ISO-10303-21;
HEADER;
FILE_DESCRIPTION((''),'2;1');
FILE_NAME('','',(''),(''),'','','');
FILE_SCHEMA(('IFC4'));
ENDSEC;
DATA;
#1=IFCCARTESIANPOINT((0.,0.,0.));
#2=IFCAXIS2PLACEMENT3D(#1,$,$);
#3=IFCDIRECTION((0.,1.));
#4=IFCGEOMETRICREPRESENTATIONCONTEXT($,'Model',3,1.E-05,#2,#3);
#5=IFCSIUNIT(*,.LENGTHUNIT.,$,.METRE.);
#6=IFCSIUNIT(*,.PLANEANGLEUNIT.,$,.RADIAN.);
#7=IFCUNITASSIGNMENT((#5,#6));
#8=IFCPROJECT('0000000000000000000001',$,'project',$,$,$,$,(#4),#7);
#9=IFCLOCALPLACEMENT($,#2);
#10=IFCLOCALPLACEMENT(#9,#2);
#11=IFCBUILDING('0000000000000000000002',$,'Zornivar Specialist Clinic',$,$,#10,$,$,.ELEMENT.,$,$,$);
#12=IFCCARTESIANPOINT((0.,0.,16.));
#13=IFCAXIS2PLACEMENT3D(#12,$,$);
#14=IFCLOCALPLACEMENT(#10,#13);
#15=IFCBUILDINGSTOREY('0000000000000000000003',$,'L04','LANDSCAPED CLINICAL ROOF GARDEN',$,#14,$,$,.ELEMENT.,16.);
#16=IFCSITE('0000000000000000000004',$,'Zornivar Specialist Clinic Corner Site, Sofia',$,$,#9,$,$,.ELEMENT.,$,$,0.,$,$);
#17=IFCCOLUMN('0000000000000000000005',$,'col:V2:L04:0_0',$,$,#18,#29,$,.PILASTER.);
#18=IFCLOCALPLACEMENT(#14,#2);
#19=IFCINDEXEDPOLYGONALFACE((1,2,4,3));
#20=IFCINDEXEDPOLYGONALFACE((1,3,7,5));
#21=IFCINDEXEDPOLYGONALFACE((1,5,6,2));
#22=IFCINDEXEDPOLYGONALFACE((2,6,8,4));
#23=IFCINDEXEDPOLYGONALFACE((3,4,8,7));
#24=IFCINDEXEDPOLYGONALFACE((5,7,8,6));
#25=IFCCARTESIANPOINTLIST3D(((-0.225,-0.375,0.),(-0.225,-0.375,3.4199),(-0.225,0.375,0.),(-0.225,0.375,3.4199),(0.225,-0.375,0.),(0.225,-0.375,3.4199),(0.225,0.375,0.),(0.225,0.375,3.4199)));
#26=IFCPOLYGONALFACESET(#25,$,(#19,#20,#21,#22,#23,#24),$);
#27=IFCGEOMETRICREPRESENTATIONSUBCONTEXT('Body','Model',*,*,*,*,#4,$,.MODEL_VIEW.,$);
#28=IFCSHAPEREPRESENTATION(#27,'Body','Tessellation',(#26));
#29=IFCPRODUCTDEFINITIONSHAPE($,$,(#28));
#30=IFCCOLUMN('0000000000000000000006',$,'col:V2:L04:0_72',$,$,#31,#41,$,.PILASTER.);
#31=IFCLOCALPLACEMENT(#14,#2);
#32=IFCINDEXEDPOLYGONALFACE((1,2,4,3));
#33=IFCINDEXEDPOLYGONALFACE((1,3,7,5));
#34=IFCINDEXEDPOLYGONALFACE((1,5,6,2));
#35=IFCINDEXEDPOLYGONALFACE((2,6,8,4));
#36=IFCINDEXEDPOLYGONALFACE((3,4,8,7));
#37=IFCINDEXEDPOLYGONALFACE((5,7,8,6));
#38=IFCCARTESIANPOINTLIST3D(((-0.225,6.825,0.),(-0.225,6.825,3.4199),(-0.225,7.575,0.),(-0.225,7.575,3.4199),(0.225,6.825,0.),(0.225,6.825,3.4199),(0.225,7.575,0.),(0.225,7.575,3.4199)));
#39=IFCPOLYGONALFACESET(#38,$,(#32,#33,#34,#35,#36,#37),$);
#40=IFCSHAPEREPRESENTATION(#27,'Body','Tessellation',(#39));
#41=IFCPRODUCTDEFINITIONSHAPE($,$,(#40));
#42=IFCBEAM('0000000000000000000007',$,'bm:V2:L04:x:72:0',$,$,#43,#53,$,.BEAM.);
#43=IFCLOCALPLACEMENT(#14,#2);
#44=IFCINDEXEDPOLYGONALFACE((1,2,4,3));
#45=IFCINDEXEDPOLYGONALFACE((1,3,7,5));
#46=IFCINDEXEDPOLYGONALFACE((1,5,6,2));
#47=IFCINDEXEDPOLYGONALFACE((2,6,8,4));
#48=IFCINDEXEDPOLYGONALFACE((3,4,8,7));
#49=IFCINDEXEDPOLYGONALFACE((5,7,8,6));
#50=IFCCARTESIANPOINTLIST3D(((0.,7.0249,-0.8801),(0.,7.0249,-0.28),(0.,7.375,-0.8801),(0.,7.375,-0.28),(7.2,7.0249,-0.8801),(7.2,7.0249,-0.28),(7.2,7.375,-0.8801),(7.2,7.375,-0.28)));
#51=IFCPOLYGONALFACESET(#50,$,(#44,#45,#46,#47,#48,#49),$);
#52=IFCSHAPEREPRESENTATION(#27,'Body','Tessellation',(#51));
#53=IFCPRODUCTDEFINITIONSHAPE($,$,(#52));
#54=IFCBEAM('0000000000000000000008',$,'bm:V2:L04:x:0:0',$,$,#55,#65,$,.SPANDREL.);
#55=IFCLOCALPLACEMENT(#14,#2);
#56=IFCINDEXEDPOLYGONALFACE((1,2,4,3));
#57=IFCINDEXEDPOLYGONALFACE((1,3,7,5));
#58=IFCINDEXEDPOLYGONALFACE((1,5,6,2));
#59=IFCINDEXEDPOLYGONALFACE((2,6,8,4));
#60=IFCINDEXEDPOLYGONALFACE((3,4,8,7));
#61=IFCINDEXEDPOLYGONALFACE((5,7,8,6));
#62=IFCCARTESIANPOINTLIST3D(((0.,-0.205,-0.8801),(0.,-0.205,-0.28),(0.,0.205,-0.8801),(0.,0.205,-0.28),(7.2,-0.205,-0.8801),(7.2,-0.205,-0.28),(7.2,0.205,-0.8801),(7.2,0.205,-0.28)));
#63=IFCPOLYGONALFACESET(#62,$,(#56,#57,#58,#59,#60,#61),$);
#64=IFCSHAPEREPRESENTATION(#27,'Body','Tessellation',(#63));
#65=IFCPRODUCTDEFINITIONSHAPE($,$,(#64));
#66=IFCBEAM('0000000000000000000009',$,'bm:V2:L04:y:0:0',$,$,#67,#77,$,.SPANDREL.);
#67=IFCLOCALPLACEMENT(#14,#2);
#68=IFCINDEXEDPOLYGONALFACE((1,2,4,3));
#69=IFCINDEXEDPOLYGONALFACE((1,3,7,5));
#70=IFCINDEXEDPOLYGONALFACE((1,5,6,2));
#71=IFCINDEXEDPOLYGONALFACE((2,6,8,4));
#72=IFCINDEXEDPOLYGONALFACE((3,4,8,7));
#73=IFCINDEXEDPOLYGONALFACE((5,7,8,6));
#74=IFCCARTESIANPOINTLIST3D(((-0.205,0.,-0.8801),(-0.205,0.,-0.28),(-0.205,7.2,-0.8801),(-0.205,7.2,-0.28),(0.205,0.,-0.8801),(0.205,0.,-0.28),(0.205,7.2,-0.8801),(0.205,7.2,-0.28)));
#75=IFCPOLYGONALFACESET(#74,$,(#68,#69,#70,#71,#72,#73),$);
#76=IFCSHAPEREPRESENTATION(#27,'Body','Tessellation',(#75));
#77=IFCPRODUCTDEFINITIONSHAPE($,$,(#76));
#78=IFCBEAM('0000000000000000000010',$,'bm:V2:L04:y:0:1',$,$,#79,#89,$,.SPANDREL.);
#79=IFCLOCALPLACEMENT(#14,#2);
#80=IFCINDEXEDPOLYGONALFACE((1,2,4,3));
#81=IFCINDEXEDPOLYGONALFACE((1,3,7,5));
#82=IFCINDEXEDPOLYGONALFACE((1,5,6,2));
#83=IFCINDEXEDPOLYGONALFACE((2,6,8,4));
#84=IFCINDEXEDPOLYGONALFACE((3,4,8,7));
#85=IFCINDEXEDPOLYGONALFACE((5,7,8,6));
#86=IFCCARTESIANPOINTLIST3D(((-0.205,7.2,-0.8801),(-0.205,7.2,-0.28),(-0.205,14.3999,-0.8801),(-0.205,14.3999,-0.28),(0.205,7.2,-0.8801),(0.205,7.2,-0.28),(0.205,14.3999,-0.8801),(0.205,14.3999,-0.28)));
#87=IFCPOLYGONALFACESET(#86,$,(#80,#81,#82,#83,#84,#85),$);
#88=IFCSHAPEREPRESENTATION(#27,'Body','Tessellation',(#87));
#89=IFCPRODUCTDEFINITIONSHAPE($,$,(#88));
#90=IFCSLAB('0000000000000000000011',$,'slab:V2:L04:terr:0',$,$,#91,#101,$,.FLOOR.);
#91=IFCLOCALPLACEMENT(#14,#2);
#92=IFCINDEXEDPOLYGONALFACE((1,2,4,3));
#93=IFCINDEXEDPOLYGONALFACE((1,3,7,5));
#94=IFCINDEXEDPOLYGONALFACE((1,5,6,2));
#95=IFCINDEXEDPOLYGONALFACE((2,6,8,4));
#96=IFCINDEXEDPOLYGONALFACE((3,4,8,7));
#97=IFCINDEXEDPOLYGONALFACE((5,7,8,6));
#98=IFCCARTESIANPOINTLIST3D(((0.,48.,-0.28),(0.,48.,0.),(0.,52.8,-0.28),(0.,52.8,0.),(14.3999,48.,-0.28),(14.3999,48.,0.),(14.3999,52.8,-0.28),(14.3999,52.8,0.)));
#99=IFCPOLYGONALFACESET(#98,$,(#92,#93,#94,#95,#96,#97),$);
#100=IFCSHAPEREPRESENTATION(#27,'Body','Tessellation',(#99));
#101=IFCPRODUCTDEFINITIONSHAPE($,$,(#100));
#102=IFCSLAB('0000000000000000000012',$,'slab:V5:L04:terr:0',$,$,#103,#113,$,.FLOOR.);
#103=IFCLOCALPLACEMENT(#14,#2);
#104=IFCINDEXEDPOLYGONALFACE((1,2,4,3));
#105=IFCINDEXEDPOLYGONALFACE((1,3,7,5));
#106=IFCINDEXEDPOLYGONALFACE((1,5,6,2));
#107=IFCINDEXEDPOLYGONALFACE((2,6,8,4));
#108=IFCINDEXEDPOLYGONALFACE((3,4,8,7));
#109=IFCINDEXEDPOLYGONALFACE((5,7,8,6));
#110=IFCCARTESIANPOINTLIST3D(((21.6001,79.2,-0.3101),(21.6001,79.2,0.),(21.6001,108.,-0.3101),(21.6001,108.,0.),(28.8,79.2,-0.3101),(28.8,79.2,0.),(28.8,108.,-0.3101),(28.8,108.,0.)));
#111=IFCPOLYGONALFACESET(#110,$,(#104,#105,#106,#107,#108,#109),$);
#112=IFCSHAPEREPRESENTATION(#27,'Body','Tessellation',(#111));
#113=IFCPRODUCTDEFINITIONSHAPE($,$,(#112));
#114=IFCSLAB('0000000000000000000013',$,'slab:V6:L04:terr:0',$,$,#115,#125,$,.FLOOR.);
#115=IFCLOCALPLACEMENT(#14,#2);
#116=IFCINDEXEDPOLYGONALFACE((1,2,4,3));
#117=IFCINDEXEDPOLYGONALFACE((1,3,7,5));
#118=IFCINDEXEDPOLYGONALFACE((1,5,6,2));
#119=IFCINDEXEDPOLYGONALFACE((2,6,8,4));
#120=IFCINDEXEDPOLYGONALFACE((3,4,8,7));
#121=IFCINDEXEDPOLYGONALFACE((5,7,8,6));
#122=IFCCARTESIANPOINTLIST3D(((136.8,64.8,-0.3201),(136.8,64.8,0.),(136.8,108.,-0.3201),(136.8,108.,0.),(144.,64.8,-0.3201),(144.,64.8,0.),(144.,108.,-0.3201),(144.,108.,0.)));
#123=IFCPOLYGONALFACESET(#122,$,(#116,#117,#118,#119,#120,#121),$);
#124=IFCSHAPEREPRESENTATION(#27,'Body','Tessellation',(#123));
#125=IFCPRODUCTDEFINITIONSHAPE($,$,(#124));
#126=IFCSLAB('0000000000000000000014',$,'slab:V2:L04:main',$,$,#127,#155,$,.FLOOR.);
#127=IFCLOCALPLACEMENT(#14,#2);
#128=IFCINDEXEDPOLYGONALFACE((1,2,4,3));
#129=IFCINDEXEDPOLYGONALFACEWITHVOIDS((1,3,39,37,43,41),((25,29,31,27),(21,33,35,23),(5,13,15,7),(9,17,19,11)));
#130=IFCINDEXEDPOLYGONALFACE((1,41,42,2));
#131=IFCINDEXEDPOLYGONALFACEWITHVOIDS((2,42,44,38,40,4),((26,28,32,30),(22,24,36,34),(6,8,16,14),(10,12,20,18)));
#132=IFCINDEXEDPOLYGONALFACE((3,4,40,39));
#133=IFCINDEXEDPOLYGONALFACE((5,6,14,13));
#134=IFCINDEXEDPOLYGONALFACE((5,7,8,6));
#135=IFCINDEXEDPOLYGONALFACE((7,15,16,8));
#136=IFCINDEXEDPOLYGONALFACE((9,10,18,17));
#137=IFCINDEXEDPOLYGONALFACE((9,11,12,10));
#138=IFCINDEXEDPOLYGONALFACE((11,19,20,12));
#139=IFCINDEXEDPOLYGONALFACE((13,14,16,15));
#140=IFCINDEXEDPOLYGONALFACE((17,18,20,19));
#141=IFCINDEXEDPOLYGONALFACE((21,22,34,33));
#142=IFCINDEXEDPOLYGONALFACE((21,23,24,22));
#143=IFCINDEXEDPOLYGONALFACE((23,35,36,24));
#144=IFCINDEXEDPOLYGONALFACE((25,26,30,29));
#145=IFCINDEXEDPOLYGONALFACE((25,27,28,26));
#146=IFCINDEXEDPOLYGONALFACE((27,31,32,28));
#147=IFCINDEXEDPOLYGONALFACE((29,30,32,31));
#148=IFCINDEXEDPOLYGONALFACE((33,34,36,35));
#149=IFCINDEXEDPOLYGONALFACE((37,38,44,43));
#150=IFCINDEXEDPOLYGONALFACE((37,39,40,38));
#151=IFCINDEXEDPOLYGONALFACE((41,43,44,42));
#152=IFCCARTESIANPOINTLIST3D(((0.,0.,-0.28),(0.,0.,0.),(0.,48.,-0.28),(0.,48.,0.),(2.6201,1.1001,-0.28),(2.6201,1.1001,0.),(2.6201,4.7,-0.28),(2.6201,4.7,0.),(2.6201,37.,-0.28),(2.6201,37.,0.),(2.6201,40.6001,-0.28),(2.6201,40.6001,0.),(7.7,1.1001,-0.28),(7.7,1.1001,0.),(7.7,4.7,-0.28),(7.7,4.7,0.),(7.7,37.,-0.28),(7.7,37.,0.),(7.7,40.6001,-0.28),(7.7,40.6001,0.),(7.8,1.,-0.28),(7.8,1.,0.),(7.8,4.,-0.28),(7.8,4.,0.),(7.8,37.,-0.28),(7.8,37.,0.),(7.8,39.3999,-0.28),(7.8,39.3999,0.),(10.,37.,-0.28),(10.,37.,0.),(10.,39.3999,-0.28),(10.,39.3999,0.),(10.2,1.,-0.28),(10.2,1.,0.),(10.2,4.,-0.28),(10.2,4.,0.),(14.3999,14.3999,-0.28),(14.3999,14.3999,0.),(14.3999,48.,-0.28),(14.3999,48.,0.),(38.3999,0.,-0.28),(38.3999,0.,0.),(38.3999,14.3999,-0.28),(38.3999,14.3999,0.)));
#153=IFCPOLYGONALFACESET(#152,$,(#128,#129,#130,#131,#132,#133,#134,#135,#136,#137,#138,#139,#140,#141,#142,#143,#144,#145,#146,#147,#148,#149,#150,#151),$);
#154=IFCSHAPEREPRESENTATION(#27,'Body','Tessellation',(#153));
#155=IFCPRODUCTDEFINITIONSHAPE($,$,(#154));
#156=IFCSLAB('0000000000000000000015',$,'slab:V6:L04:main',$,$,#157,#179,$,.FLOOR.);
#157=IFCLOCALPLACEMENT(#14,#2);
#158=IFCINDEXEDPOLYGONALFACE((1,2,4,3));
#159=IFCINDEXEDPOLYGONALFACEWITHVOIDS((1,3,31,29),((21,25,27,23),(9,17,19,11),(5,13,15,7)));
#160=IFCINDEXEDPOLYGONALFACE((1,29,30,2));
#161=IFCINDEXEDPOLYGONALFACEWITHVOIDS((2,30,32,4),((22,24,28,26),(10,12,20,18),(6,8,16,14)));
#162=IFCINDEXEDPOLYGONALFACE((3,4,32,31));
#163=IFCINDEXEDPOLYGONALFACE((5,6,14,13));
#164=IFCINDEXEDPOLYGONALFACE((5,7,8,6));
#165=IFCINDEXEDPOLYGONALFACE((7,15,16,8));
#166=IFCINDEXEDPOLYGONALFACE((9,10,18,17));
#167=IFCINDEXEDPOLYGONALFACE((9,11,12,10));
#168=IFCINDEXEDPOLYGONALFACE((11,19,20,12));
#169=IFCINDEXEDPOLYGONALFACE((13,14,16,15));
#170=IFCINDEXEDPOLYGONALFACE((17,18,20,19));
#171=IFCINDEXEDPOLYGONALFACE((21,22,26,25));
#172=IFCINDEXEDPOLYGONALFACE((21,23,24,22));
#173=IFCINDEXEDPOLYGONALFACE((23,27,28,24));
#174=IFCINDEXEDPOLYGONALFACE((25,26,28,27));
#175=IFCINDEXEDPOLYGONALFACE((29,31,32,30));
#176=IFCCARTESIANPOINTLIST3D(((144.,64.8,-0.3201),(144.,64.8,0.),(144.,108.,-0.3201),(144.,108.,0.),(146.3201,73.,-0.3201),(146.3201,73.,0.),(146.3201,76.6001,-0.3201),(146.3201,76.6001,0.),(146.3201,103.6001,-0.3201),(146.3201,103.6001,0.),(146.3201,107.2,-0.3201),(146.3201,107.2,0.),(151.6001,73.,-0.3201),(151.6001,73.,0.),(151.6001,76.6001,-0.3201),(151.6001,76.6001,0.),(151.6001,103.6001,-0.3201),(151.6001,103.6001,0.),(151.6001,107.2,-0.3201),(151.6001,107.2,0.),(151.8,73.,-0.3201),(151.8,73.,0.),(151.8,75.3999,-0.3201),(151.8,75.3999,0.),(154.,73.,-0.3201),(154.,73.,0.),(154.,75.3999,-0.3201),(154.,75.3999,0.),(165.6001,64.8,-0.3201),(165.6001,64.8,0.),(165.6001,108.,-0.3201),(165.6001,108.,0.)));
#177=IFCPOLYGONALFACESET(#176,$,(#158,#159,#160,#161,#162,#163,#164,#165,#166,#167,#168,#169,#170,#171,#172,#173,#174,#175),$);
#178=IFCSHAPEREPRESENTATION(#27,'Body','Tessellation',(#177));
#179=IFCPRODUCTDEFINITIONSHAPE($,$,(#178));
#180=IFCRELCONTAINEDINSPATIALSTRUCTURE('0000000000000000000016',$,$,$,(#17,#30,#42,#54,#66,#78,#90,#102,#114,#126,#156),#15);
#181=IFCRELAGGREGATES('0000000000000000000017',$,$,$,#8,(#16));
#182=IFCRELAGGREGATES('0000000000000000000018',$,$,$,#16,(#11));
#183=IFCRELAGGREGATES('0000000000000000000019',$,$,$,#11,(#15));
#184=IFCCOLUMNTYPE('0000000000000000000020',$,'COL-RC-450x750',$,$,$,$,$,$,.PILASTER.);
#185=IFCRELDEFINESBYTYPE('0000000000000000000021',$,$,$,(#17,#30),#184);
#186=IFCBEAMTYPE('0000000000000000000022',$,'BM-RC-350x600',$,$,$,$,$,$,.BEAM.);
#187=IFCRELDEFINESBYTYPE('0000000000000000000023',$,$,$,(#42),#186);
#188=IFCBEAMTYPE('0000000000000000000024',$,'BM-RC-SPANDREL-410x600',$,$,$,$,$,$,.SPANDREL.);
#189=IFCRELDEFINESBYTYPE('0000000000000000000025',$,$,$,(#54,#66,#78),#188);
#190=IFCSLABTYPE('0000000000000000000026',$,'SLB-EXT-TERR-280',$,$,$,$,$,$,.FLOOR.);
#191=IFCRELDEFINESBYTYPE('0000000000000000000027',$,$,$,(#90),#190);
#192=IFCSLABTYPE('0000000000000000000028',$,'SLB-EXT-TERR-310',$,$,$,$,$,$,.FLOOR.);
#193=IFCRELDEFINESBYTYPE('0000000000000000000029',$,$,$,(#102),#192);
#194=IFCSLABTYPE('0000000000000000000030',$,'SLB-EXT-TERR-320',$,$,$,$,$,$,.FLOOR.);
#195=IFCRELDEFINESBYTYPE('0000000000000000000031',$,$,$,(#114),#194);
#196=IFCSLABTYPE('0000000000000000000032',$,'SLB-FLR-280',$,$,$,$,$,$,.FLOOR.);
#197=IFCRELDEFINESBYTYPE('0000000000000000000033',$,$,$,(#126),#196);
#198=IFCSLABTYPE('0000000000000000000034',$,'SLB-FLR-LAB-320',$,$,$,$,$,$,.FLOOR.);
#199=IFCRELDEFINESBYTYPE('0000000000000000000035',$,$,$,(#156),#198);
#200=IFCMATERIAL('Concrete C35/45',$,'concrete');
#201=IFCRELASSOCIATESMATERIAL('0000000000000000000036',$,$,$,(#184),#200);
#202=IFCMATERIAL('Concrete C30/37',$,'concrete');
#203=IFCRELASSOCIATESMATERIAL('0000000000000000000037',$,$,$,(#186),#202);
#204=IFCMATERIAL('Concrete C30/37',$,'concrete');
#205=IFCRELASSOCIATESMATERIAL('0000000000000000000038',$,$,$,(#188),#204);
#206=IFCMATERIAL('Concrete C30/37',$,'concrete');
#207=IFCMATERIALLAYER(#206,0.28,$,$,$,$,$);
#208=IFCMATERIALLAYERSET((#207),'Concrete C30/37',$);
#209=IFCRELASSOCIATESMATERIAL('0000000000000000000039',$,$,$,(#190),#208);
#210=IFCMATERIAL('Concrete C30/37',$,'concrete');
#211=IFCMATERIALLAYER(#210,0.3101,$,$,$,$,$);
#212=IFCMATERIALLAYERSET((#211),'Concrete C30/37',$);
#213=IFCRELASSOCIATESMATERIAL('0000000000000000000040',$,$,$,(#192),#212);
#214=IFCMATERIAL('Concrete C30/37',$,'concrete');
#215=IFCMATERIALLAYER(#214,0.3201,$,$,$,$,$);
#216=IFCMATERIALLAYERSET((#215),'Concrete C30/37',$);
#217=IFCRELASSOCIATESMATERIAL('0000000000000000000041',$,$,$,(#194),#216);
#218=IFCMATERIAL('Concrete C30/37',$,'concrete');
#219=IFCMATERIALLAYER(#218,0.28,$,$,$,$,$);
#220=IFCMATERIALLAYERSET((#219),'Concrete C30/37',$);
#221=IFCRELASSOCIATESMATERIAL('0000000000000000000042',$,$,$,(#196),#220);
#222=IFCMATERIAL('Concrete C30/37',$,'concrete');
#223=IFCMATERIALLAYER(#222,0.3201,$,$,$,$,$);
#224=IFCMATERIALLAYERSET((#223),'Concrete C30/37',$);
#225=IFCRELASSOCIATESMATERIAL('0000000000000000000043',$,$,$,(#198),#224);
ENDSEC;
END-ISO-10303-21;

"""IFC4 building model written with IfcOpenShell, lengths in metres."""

from ifc_helpers import new_model, si_unit, direction, frame, origin, origin_2d, place, context, subcontext, project, spatial, polyline, rectangle, outline, extrude, material, layer, layer_set, material_profile, profile_set, type_object, element, save


model = new_model("IFC4")

# Units and contexts
model_context = context("Model", 3, precision=1e-05, world=origin(), true_north=direction((0.0, 1.0)))
body_context = subcontext(model_context, "Body", "Model", "MODEL_VIEW")
ifc_project = project(units=[si_unit("LENGTHUNIT", "METRE"), si_unit("PLANEANGLEUNIT", "RADIAN")], contexts=[model_context])

# Site, building, storey
site_placement = place(None, origin())
site = spatial("IfcSite", under=ifc_project, at=site_placement, Name="Zornivar Specialist Clinic Corner Site, Sofia", CompositionType="ELEMENT", RefElevation=0.0)
building_placement = place(site_placement, origin())
building = spatial("IfcBuilding", under=site, at=building_placement, Name="Zornivar Specialist Clinic", CompositionType="ELEMENT")
storey_placement = place(building_placement, frame((0.0, 0.0, 16.0)))
storey = spatial("IfcBuildingStorey", under=building, at=storey_placement, Name="L04", Description="LANDSCAPED CLINICAL ROOF GARDEN", CompositionType="ELEMENT", Elevation=16.0)

# Columns
ifc_material_1 = material(Name="Concrete C35/45", Category="concrete")
ifc_material_profile_1 = material_profile(ifc_material_1, rectangle(XDim=0.45, YDim=0.75, at=origin_2d()), Name="RC 450x750")
ifc_profile_set_1 = profile_set([ifc_material_profile_1], Name="Concrete C35/45")
column_type = type_object("IfcColumnType", Name="COL-RC-450x750", PredefinedType="PILASTER", material=ifc_profile_set_1)
for number, where, z_axis, x_axis, name in (
    (1, (0.0, 0.0, 0.0), (0.0, 0.0, 1.0), (1.0, 0.0, 0.0), "col:V2:L04:0_0"),
    (2, (0.0, 7.2, 0.0), (0.0, 0.0, 1.0), (1.0, 0.0, 0.0), "col:V2:L04:0_72"),
):
    element("IfcColumn", number, at=place(storey_placement, frame(where, z_axis=z_axis, x_axis=x_axis)), inside=storey, type_object=column_type, Name=name, PredefinedType="PILASTER", context=body_context, shape_type="SweptSolid", body=[
        extrude(rectangle(XDim=0.45, YDim=0.75, at=origin_2d()), origin(), (0.0, 0.0, 1.0), 3.4199),
    ])

# Beams
ifc_material_2 = material(Name="Concrete C30/37", Category="concrete")
ifc_material_profile_2 = material_profile(ifc_material_2, rectangle(XDim=0.3501, YDim=0.6001, at=origin_2d()), Name="RC 350x600")
ifc_profile_set_2 = profile_set([ifc_material_profile_2], Name="Concrete C30/37")
beam_type_1 = type_object("IfcBeamType", Name="BM-RC-350x600", PredefinedType="BEAM", material=ifc_profile_set_2)
beam_placement = place(storey_placement, frame((0.0, 7.2, -0.5801), z_axis=(1.0, 0.0, 0.0), x_axis=(0.0, 1.0, 0.0)))
element("IfcBeam", 3, at=beam_placement, inside=storey, type_object=beam_type_1, Name="bm:V2:L04:x:72:0", PredefinedType="BEAM", context=body_context, shape_type="SweptSolid", body=[
    extrude(rectangle(XDim=0.3501, YDim=0.6001, at=origin_2d()), origin(), (0.0, 0.0, 1.0), 7.2),
])
ifc_material_3 = material(Name="Concrete C30/37", Category="concrete")
ifc_material_profile_3 = material_profile(ifc_material_3, rectangle(XDim=0.4099, YDim=0.6001, at=origin_2d()), Name="RC 410x600")
ifc_profile_set_3 = profile_set([ifc_material_profile_3], Name="Concrete C30/37")
beam_type_2 = type_object("IfcBeamType", Name="BM-RC-SPANDREL-410x600", PredefinedType="SPANDREL", material=ifc_profile_set_3)
for number, where, z_axis, x_axis, name in (
    (4, (0.0, 0.0, -0.5801), (1.0, 0.0, 0.0), (0.0, 1.0, 0.0), "bm:V2:L04:x:0:0"),
    (5, (0.0, 0.0, -0.5801), (0.0, 1.0, 0.0), (-1.0, 0.0, 0.0), "bm:V2:L04:y:0:0"),
    (6, (0.0, 7.2, -0.5801), (0.0, 1.0, 0.0), (-1.0, 0.0, 0.0), "bm:V2:L04:y:0:1"),
):
    element("IfcBeam", number, at=place(storey_placement, frame(where, z_axis=z_axis, x_axis=x_axis)), inside=storey, type_object=beam_type_2, Name=name, PredefinedType="SPANDREL", context=body_context, shape_type="SweptSolid", body=[
        extrude(rectangle(XDim=0.4099, YDim=0.6001, at=origin_2d()), origin(), (0.0, 0.0, 1.0), 7.2),
    ])

# Slabs
ifc_material_4 = material(Name="Concrete C30/37", Category="concrete")
ifc_layer_1 = layer(ifc_material_4, 0.28)
ifc_layer_set_1 = layer_set([ifc_layer_1], Name="Concrete C30/37")
slab_type_1 = type_object("IfcSlabType", Name="SLB-EXT-TERR-280", PredefinedType="FLOOR", material=ifc_layer_set_1)
slab_1_placement = place(storey_placement, frame((0.0, 0.0, -0.28)))
element("IfcSlab", 7, at=slab_1_placement, inside=storey, type_object=slab_type_1, Name="slab:V2:L04:terr:0", PredefinedType="FLOOR", context=body_context, shape_type="SweptSolid", body=[
    extrude(outline(polyline([(0.0, 48.0), (14.3999, 48.0), (14.3999, 52.8), (0.0, 52.8), (0.0, 48.0)])), origin(), (0.0, 0.0, 1.0), 0.28),
])
ifc_material_5 = material(Name="Concrete C30/37", Category="concrete")
ifc_layer_2 = layer(ifc_material_5, 0.3101)
ifc_layer_set_2 = layer_set([ifc_layer_2], Name="Concrete C30/37")
slab_type_2 = type_object("IfcSlabType", Name="SLB-EXT-TERR-310", PredefinedType="FLOOR", material=ifc_layer_set_2)
slab_2_placement = place(storey_placement, frame((0.0, 0.0, -0.3101)))
element("IfcSlab", 8, at=slab_2_placement, inside=storey, type_object=slab_type_2, Name="slab:V5:L04:terr:0", PredefinedType="FLOOR", context=body_context, shape_type="SweptSolid", body=[
    extrude(outline(polyline([(21.6001, 79.2), (28.8, 79.2), (28.8, 108.0), (21.6001, 108.0), (21.6001, 79.2)])), origin(), (0.0, 0.0, 1.0), 0.3101),
])
ifc_material_6 = material(Name="Concrete C30/37", Category="concrete")
ifc_layer_3 = layer(ifc_material_6, 0.3201)
ifc_layer_set_3 = layer_set([ifc_layer_3], Name="Concrete C30/37")
slab_type_3 = type_object("IfcSlabType", Name="SLB-EXT-TERR-320", PredefinedType="FLOOR", material=ifc_layer_set_3)
slab_3_placement = place(storey_placement, frame((0.0, 0.0, -0.3201)))
element("IfcSlab", 9, at=slab_3_placement, inside=storey, type_object=slab_type_3, Name="slab:V6:L04:terr:0", PredefinedType="FLOOR", context=body_context, shape_type="SweptSolid", body=[
    extrude(outline(polyline([(136.8, 64.8), (144.0, 64.8), (144.0, 108.0), (136.8, 108.0), (136.8, 64.8)])), origin(), (0.0, 0.0, 1.0), 0.3201),
])
ifc_material_7 = material(Name="Concrete C30/37", Category="concrete")
ifc_layer_4 = layer(ifc_material_7, 0.28)
ifc_layer_set_4 = layer_set([ifc_layer_4], Name="Concrete C30/37")
slab_type_4 = type_object("IfcSlabType", Name="SLB-FLR-280", PredefinedType="FLOOR", material=ifc_layer_set_4)
slab_4_placement = place(storey_placement, frame((0.0, 0.0, -0.28)))
element("IfcSlab", 10, at=slab_4_placement, inside=storey, type_object=slab_type_4, Name="slab:V2:L04:main", PredefinedType="FLOOR", context=body_context, shape_type="SweptSolid", body=[
    extrude(outline(polyline([(0.0, 0.0), (38.3999, 0.0), (38.3999, 14.3999), (14.3999, 14.3999), (14.3999, 48.0), (0.0, 48.0), (0.0, 0.0)]), holes=[polyline([(2.6201, 1.1001), (7.7, 1.1001), (7.7, 4.7), (2.6201, 4.7), (2.6201, 1.1001)]), polyline([(7.8, 1.0), (10.2, 1.0), (10.2, 4.0), (7.8, 4.0), (7.8, 1.0)]), polyline([(2.6201, 37.0), (7.7, 37.0), (7.7, 40.6001), (2.6201, 40.6001), (2.6201, 37.0)]), polyline([(7.8, 37.0), (10.0, 37.0), (10.0, 39.3999), (7.8, 39.3999), (7.8, 37.0)])]), origin(), (0.0, 0.0, 1.0), 0.28),
])
ifc_material_8 = material(Name="Concrete C30/37", Category="concrete")
ifc_layer_5 = layer(ifc_material_8, 0.3201)
ifc_layer_set_5 = layer_set([ifc_layer_5], Name="Concrete C30/37")
slab_type_5 = type_object("IfcSlabType", Name="SLB-FLR-LAB-320", PredefinedType="FLOOR", material=ifc_layer_set_5)
slab_5_placement = place(storey_placement, frame((0.0, 0.0, -0.3201)))
element("IfcSlab", 11, at=slab_5_placement, inside=storey, type_object=slab_type_5, Name="slab:V6:L04:main", PredefinedType="FLOOR", context=body_context, shape_type="SweptSolid", body=[
    extrude(outline(polyline([(144.0, 64.8), (165.6001, 64.8), (165.6001, 108.0), (144.0, 108.0), (144.0, 64.8)]), holes=[polyline([(146.3201, 73.0), (151.6001, 73.0), (151.6001, 76.6001), (146.3201, 76.6001), (146.3201, 73.0)]), polyline([(151.8, 73.0), (154.0, 73.0), (154.0, 75.3999), (151.8, 75.3999), (151.8, 73.0)]), polyline([(146.3201, 103.6001), (151.6001, 103.6001), (151.6001, 107.2), (146.3201, 107.2), (146.3201, 103.6001)])]), origin(), (0.0, 0.0, 1.0), 0.3201),
])

save(model, "model.ifc")
